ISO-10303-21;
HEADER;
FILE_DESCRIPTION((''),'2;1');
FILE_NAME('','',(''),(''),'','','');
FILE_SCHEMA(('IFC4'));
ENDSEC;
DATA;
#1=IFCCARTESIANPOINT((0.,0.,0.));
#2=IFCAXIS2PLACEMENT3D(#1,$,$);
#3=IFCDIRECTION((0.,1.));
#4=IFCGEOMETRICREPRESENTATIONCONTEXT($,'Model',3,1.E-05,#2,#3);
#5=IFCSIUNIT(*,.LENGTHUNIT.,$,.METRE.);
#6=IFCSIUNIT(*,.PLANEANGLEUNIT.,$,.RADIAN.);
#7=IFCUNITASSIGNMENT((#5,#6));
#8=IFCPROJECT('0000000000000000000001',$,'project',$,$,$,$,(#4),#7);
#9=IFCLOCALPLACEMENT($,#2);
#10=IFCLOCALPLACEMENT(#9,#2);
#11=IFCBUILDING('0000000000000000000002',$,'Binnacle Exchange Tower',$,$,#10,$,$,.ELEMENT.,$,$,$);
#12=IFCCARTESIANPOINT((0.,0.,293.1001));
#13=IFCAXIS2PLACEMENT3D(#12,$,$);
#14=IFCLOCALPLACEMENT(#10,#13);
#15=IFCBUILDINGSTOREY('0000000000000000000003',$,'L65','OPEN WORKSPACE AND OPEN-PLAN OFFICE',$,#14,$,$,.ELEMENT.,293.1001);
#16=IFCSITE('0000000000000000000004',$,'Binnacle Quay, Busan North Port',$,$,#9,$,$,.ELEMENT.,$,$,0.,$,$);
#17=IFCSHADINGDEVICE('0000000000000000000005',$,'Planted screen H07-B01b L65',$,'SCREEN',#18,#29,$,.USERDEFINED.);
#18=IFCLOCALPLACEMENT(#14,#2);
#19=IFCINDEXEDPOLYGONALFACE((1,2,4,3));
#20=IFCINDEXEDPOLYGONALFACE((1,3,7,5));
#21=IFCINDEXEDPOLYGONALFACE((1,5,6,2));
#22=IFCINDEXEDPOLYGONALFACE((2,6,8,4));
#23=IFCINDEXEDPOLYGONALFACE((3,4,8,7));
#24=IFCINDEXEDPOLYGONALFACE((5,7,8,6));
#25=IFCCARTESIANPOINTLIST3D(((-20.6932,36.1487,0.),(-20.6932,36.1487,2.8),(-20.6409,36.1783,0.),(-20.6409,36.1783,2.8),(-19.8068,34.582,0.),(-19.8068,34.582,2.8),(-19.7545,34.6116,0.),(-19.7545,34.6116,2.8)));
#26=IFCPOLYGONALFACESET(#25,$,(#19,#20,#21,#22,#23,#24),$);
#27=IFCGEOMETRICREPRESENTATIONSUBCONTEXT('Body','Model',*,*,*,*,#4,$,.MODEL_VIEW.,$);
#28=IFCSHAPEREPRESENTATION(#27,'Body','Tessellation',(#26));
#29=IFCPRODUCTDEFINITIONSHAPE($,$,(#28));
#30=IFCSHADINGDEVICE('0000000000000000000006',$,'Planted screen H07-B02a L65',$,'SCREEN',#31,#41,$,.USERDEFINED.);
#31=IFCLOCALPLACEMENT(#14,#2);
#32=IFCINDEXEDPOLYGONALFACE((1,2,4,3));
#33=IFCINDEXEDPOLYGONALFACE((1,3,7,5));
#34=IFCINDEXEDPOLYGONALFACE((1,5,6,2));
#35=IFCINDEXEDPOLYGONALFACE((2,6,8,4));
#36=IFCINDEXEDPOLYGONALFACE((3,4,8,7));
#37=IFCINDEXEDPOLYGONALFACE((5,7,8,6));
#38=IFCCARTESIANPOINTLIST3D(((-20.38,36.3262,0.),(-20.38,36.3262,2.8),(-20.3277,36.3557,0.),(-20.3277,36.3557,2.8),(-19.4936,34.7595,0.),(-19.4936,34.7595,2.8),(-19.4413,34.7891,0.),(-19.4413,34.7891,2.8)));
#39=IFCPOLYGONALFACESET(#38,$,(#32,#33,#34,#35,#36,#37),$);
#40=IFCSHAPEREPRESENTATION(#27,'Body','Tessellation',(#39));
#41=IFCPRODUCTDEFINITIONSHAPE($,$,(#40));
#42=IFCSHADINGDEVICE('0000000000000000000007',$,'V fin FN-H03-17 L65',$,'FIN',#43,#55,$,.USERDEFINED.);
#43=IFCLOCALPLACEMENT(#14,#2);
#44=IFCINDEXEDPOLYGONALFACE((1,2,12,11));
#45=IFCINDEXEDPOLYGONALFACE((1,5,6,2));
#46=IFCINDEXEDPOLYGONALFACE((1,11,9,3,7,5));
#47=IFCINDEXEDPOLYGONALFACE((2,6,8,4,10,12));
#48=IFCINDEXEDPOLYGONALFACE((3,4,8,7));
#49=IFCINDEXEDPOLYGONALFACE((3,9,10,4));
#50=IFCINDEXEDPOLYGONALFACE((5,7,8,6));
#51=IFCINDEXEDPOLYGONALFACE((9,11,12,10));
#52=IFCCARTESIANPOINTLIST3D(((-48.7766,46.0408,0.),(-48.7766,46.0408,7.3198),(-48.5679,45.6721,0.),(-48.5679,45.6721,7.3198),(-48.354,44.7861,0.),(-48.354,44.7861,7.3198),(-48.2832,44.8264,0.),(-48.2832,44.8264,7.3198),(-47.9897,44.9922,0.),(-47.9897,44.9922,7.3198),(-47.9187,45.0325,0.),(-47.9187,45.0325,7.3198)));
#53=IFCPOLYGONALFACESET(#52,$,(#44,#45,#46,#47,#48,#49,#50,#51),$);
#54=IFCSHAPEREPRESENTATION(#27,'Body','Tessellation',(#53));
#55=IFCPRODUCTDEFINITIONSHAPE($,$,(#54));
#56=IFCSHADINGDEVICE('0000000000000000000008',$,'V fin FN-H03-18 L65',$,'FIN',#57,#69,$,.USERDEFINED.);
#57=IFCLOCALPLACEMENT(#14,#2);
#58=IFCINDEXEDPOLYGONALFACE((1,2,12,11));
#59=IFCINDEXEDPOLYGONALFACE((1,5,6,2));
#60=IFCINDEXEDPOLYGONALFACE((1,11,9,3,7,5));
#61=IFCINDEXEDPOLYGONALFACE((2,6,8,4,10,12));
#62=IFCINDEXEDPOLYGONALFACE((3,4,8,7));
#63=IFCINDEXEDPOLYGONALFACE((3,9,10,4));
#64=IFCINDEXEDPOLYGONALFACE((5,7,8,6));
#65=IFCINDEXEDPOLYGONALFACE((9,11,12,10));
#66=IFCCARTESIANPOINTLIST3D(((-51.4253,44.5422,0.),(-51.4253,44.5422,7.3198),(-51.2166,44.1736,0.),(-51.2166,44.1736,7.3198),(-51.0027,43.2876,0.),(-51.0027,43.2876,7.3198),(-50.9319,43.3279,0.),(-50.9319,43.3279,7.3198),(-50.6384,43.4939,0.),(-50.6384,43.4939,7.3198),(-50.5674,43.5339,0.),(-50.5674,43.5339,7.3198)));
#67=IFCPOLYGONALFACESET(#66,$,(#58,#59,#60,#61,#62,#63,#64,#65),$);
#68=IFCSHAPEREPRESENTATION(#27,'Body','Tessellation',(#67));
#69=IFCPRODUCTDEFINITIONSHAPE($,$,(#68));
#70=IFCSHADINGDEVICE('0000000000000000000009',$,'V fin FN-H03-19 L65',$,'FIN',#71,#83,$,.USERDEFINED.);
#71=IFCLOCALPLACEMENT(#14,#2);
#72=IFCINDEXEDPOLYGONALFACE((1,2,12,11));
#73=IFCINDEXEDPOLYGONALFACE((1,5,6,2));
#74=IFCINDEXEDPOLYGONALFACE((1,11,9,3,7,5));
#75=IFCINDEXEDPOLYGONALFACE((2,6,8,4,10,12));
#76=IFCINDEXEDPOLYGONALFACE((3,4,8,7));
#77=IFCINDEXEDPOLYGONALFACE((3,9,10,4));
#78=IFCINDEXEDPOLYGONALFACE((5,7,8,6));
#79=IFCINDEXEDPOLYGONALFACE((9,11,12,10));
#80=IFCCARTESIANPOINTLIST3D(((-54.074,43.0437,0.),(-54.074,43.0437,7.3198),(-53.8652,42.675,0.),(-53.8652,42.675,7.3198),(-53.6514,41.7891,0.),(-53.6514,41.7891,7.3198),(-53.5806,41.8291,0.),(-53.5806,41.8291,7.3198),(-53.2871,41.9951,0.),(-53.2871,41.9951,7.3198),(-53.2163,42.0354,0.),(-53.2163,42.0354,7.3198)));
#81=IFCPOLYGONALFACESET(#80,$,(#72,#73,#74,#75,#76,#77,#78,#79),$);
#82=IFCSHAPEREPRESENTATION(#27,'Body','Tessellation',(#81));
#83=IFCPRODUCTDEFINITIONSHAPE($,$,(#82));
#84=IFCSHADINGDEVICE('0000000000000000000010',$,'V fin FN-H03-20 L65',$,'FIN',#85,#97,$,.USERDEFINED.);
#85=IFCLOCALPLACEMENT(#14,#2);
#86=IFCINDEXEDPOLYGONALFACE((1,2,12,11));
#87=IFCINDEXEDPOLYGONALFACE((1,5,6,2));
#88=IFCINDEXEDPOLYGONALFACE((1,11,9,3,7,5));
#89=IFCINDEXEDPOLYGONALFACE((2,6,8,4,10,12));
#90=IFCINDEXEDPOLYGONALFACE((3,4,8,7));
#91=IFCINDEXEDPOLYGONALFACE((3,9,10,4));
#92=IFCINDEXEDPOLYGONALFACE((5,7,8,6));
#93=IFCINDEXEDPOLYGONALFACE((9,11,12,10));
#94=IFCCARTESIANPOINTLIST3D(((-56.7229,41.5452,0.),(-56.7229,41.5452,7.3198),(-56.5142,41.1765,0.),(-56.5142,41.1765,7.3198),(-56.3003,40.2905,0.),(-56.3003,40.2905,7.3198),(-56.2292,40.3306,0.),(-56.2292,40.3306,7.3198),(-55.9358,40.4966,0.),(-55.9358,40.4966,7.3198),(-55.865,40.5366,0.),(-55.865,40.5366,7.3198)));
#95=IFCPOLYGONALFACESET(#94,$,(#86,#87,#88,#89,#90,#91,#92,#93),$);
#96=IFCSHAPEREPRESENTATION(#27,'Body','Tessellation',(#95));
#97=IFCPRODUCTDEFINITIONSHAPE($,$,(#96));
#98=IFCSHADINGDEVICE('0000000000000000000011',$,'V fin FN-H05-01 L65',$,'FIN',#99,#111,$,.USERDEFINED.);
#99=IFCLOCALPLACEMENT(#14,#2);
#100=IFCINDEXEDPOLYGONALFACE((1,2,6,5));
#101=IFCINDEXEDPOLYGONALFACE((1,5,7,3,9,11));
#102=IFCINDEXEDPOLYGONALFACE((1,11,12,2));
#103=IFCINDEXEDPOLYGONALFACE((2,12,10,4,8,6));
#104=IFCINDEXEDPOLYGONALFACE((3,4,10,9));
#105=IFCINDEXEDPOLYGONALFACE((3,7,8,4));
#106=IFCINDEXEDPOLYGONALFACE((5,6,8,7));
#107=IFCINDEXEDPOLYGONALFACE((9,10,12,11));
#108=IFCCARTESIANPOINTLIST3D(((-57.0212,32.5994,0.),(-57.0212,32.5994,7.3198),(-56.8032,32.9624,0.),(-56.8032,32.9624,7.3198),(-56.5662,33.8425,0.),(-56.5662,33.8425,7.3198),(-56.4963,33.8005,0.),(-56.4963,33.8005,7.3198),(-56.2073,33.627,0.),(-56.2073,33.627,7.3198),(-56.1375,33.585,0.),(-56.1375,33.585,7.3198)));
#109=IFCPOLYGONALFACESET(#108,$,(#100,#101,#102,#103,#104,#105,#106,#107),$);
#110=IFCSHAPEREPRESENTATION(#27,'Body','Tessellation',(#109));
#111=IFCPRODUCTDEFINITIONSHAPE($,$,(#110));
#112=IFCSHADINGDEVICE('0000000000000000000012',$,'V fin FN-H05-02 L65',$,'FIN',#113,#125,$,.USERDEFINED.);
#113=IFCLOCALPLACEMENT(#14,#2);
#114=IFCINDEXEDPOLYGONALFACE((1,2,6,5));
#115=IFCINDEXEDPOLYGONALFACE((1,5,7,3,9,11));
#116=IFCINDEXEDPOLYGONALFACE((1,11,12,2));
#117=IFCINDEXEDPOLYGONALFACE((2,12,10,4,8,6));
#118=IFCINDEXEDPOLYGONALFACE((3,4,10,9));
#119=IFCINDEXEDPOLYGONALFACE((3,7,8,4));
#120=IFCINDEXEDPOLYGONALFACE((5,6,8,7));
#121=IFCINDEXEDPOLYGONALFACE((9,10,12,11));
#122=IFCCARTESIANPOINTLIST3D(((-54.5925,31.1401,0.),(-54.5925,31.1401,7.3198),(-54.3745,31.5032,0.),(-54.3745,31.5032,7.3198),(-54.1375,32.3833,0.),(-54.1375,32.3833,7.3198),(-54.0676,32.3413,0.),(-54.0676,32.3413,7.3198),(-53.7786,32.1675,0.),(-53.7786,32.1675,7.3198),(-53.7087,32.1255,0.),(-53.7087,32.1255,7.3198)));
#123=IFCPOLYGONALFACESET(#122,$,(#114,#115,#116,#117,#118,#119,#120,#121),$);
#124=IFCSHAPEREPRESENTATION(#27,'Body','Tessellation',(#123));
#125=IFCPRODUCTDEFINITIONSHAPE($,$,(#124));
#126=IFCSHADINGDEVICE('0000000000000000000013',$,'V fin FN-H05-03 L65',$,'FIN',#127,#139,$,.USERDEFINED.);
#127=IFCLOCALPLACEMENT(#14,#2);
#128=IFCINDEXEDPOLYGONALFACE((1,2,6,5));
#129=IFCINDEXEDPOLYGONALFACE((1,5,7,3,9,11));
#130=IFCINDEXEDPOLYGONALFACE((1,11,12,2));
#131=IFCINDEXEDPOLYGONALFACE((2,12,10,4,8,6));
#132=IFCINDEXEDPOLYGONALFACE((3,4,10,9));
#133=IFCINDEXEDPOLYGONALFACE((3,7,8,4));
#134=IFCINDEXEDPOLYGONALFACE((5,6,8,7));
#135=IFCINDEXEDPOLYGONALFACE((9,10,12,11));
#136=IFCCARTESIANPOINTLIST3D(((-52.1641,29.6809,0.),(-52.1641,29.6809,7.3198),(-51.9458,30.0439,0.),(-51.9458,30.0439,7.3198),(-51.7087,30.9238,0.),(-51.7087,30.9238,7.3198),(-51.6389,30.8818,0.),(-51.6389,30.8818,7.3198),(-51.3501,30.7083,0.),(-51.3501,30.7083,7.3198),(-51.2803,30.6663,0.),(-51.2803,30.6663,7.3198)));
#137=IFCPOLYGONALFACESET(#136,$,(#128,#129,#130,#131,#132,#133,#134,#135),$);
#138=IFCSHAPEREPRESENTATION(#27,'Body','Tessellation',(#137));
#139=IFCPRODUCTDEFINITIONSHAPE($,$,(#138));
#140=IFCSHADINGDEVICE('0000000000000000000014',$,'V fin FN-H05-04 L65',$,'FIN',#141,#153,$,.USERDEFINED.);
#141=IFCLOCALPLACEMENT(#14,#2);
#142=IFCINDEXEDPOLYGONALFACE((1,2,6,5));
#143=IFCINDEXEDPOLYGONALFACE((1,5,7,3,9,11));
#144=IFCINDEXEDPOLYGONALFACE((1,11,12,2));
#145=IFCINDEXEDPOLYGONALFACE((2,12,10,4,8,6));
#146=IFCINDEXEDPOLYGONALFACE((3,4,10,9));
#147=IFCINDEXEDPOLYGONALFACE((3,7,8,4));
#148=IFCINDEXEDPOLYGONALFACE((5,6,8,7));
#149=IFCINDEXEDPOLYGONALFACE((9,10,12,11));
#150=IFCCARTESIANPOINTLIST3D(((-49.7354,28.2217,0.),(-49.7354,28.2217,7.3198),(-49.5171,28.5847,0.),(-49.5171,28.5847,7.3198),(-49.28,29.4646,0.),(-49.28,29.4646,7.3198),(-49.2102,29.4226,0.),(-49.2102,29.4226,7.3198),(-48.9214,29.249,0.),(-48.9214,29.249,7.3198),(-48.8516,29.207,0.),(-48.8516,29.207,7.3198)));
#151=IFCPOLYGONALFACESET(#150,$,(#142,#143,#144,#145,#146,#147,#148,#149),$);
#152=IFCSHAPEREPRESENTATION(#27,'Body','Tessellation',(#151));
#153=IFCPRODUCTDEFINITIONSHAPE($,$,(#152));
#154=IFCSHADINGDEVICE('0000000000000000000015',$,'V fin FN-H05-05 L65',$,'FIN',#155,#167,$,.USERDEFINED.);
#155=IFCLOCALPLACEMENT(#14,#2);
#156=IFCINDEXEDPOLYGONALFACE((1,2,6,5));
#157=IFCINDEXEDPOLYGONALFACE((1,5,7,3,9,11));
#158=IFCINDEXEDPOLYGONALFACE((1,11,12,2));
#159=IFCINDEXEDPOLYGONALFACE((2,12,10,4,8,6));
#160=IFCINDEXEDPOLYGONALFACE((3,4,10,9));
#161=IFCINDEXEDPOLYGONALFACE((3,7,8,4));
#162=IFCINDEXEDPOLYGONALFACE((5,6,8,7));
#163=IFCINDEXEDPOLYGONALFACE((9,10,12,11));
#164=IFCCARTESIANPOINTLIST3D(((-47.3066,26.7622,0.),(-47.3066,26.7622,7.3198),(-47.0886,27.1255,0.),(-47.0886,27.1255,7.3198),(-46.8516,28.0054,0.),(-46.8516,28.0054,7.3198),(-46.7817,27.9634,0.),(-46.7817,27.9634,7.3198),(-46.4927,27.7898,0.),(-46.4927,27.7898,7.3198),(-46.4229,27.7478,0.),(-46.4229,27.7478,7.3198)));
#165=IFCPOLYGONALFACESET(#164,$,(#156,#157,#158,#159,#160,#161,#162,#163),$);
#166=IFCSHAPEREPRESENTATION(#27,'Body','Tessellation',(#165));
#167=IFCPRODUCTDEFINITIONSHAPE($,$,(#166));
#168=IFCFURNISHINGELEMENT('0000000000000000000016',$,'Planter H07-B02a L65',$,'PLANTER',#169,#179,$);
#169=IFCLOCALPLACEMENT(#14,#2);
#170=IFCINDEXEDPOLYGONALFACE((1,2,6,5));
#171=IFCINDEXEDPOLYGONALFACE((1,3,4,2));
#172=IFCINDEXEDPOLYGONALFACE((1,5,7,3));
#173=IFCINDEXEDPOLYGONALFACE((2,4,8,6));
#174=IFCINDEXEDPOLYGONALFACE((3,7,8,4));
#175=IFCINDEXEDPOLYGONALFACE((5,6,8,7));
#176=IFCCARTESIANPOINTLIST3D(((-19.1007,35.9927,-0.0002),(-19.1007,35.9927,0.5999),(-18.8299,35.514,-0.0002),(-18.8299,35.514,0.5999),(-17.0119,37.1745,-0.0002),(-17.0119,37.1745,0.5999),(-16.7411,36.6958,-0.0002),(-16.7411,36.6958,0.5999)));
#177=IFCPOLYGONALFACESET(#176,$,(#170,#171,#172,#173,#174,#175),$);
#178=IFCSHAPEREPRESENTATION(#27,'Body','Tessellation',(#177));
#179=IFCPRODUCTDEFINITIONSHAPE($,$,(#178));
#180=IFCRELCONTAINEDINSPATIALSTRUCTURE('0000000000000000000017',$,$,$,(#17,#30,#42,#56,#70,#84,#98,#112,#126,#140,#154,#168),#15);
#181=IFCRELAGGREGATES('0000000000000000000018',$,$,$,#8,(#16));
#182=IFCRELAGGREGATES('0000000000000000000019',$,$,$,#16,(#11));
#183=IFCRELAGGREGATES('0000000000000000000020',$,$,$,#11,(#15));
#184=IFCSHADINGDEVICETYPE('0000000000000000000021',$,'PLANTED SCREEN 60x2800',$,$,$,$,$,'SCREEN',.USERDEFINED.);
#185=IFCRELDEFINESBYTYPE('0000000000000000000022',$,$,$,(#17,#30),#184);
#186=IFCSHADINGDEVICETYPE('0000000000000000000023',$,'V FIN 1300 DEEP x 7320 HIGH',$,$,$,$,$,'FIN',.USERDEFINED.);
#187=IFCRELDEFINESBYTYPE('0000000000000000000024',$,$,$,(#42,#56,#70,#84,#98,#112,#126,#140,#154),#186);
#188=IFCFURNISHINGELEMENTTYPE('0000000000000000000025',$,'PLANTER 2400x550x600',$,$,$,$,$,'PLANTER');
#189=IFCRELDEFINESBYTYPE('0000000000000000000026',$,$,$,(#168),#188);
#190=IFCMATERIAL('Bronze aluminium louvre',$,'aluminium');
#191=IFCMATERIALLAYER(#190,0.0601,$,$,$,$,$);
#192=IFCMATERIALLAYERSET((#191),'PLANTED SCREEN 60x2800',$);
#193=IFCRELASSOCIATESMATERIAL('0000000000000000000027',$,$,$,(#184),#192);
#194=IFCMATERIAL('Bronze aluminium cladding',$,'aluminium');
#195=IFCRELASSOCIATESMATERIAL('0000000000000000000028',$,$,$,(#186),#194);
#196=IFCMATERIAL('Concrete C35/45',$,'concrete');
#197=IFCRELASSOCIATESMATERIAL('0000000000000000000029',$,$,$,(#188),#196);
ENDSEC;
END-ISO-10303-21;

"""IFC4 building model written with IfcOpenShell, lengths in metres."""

from ifc_helpers import new_model, si_unit, direction, frame, origin, origin_2d, place, context, subcontext, project, spatial, polyline, rectangle, outline, extrude, material, layer, layer_set, type_object, element, save


model = new_model("IFC4")

# Units and contexts
model_context = context("Model", 3, precision=1e-05, world=origin(), true_north=direction((0.0, 1.0)))
body_context = subcontext(model_context, "Body", "Model", "MODEL_VIEW")
ifc_project = project(units=[si_unit("LENGTHUNIT", "METRE"), si_unit("PLANEANGLEUNIT", "RADIAN")], contexts=[model_context])

# Site, building, storey
site_placement = place(None, origin())
site = spatial("IfcSite", under=ifc_project, at=site_placement, Name="Binnacle Quay, Busan North Port", CompositionType="ELEMENT", RefElevation=0.0)
building_placement = place(site_placement, origin())
building = spatial("IfcBuilding", under=site, at=building_placement, Name="Binnacle Exchange Tower", CompositionType="ELEMENT")
storey_placement = place(building_placement, frame((0.0, 0.0, 293.1001)))
storey = spatial("IfcBuildingStorey", under=building, at=storey_placement, Name="L65", Description="OPEN WORKSPACE AND OPEN-PLAN OFFICE", CompositionType="ELEMENT", Elevation=293.1001)

# Shared definitions
ifc_material_1 = material(Name="Concrete C35/45", Category="concrete")

# Shading devices
ifc_material_2 = material(Name="Bronze aluminium louvre", Category="aluminium")
ifc_layer_1 = layer(ifc_material_2, 0.0601)
ifc_layer_set_1 = layer_set([ifc_layer_1], Name="PLANTED SCREEN 60x2800")
shading_device_type_1 = type_object("IfcShadingDeviceType", Name="PLANTED SCREEN 60x2800", ElementType="SCREEN", PredefinedType="USERDEFINED", material=ifc_layer_set_1)
for number, where, z_axis, x_axis, name in (
    (1, (-20.2239, 35.3801, 0.0), (0.0, 0.0, 1.0), (0.870356, 0.492424, 0.0), "Planted screen H07-B01b L65"),
    (2, (-19.9106, 35.5576, 0.0), (0.0, 0.0, 1.0), (0.870356, 0.492424, 0.0), "Planted screen H07-B02a L65"),
):
    element("IfcShadingDevice", number, at=place(storey_placement, frame(where, z_axis=z_axis, x_axis=x_axis)), inside=storey, type_object=shading_device_type_1, Name=name, ObjectType="SCREEN", PredefinedType="USERDEFINED", context=body_context, shape_type="SweptSolid", body=[
        extrude(rectangle(XDim=0.0601, YDim=1.8, at=origin_2d()), origin(), (0.0, 0.0, 1.0), 2.8),
    ])
ifc_material_3 = material(Name="Bronze aluminium cladding", Category="aluminium")
shading_device_type_2 = type_object("IfcShadingDeviceType", Name="V FIN 1300 DEEP x 7320 HIGH", ElementType="FIN", PredefinedType="USERDEFINED", material=ifc_material_3)
shading_device_1_placement = place(storey_placement, origin())
element("IfcShadingDevice", 3, at=shading_device_1_placement, inside=storey, type_object=shading_device_type_2, Name="V fin FN-H03-17 L65", ObjectType="FIN", PredefinedType="USERDEFINED", context=body_context, shape_type="SweptSolid", body=[
    extrude(outline(polyline([(-47.9187, 45.0325), (-48.7766, 46.0408), (-48.354, 44.7861), (-48.2832, 44.8264), (-48.5679, 45.6721), (-47.9897, 44.9922), (-47.9187, 45.0325)])), origin(), (0.0, 0.0, 1.0), 7.3198),
])
shading_device_2_placement = place(storey_placement, origin())
element("IfcShadingDevice", 4, at=shading_device_2_placement, inside=storey, type_object=shading_device_type_2, Name="V fin FN-H03-18 L65", ObjectType="FIN", PredefinedType="USERDEFINED", context=body_context, shape_type="SweptSolid", body=[
    extrude(outline(polyline([(-50.5674, 43.5339), (-51.4253, 44.5422), (-51.0027, 43.2876), (-50.9319, 43.3279), (-51.2166, 44.1736), (-50.6384, 43.4939), (-50.5674, 43.5339)])), origin(), (0.0, 0.0, 1.0), 7.3198),
])
shading_device_3_placement = place(storey_placement, origin())
element("IfcShadingDevice", 5, at=shading_device_3_placement, inside=storey, type_object=shading_device_type_2, Name="V fin FN-H03-19 L65", ObjectType="FIN", PredefinedType="USERDEFINED", context=body_context, shape_type="SweptSolid", body=[
    extrude(outline(polyline([(-53.2163, 42.0354), (-54.074, 43.0437), (-53.6514, 41.7891), (-53.5806, 41.8291), (-53.8652, 42.675), (-53.2871, 41.9951), (-53.2163, 42.0354)])), origin(), (0.0, 0.0, 1.0), 7.3198),
])
shading_device_4_placement = place(storey_placement, origin())
element("IfcShadingDevice", 6, at=shading_device_4_placement, inside=storey, type_object=shading_device_type_2, Name="V fin FN-H03-20 L65", ObjectType="FIN", PredefinedType="USERDEFINED", context=body_context, shape_type="SweptSolid", body=[
    extrude(outline(polyline([(-55.865, 40.5366), (-56.7229, 41.5452), (-56.3003, 40.2905), (-56.2292, 40.3306), (-56.5142, 41.1765), (-55.9358, 40.4966), (-55.865, 40.5366)])), origin(), (0.0, 0.0, 1.0), 7.3198),
])
shading_device_5_placement = place(storey_placement, origin())
element("IfcShadingDevice", 7, at=shading_device_5_placement, inside=storey, type_object=shading_device_type_2, Name="V fin FN-H05-01 L65", ObjectType="FIN", PredefinedType="USERDEFINED", context=body_context, shape_type="SweptSolid", body=[
    extrude(outline(polyline([(-56.5662, 33.8425), (-57.0212, 32.5994), (-56.1375, 33.585), (-56.2073, 33.627), (-56.8032, 32.9624), (-56.4963, 33.8005), (-56.5662, 33.8425)])), origin(), (0.0, 0.0, 1.0), 7.3198),
])
shading_device_6_placement = place(storey_placement, origin())
element("IfcShadingDevice", 8, at=shading_device_6_placement, inside=storey, type_object=shading_device_type_2, Name="V fin FN-H05-02 L65", ObjectType="FIN", PredefinedType="USERDEFINED", context=body_context, shape_type="SweptSolid", body=[
    extrude(outline(polyline([(-54.1375, 32.3833), (-54.5925, 31.1401), (-53.7087, 32.1255), (-53.7786, 32.1675), (-54.3745, 31.5032), (-54.0676, 32.3413), (-54.1375, 32.3833)])), origin(), (0.0, 0.0, 1.0), 7.3198),
])
shading_device_7_placement = place(storey_placement, origin())
element("IfcShadingDevice", 9, at=shading_device_7_placement, inside=storey, type_object=shading_device_type_2, Name="V fin FN-H05-03 L65", ObjectType="FIN", PredefinedType="USERDEFINED", context=body_context, shape_type="SweptSolid", body=[
    extrude(outline(polyline([(-51.7087, 30.9238), (-52.1641, 29.6809), (-51.2803, 30.6663), (-51.3501, 30.7083), (-51.9458, 30.0439), (-51.6389, 30.8818), (-51.7087, 30.9238)])), origin(), (0.0, 0.0, 1.0), 7.3198),
])
shading_device_8_placement = place(storey_placement, origin())
element("IfcShadingDevice", 10, at=shading_device_8_placement, inside=storey, type_object=shading_device_type_2, Name="V fin FN-H05-04 L65", ObjectType="FIN", PredefinedType="USERDEFINED", context=body_context, shape_type="SweptSolid", body=[
    extrude(outline(polyline([(-49.28, 29.4646), (-49.7354, 28.2217), (-48.8516, 29.207), (-48.9214, 29.249), (-49.5171, 28.5847), (-49.2102, 29.4226), (-49.28, 29.4646)])), origin(), (0.0, 0.0, 1.0), 7.3198),
])
shading_device_9_placement = place(storey_placement, origin())
element("IfcShadingDevice", 11, at=shading_device_9_placement, inside=storey, type_object=shading_device_type_2, Name="V fin FN-H05-05 L65", ObjectType="FIN", PredefinedType="USERDEFINED", context=body_context, shape_type="SweptSolid", body=[
    extrude(outline(polyline([(-46.8516, 28.0054), (-47.3066, 26.7622), (-46.4229, 27.7478), (-46.4927, 27.7898), (-47.0886, 27.1255), (-46.7817, 27.9634), (-46.8516, 28.0054)])), origin(), (0.0, 0.0, 1.0), 7.3198),
])

# Furnishing element
furnishing_element_type = type_object("IfcFurnishingElementType", Name="PLANTER 2400x550x600", ElementType="PLANTER", material=ifc_material_1)
furnishing_placement = place(storey_placement, frame((-17.9209, 36.3442, -0.0002), z_axis=(0.0, 0.0, 1.0), x_axis=(0.870356, 0.492424, 0.0)))
element("IfcFurnishingElement", 12, at=furnishing_placement, inside=storey, type_object=furnishing_element_type, Name="Planter H07-B02a L65", ObjectType="PLANTER", context=body_context, shape_type="SweptSolid", body=[
    extrude(rectangle(XDim=2.3999, YDim=0.55, at=origin_2d()), origin(), (0.0, 0.0, 1.0), 0.6001),
])

save(model, "model.ifc")
